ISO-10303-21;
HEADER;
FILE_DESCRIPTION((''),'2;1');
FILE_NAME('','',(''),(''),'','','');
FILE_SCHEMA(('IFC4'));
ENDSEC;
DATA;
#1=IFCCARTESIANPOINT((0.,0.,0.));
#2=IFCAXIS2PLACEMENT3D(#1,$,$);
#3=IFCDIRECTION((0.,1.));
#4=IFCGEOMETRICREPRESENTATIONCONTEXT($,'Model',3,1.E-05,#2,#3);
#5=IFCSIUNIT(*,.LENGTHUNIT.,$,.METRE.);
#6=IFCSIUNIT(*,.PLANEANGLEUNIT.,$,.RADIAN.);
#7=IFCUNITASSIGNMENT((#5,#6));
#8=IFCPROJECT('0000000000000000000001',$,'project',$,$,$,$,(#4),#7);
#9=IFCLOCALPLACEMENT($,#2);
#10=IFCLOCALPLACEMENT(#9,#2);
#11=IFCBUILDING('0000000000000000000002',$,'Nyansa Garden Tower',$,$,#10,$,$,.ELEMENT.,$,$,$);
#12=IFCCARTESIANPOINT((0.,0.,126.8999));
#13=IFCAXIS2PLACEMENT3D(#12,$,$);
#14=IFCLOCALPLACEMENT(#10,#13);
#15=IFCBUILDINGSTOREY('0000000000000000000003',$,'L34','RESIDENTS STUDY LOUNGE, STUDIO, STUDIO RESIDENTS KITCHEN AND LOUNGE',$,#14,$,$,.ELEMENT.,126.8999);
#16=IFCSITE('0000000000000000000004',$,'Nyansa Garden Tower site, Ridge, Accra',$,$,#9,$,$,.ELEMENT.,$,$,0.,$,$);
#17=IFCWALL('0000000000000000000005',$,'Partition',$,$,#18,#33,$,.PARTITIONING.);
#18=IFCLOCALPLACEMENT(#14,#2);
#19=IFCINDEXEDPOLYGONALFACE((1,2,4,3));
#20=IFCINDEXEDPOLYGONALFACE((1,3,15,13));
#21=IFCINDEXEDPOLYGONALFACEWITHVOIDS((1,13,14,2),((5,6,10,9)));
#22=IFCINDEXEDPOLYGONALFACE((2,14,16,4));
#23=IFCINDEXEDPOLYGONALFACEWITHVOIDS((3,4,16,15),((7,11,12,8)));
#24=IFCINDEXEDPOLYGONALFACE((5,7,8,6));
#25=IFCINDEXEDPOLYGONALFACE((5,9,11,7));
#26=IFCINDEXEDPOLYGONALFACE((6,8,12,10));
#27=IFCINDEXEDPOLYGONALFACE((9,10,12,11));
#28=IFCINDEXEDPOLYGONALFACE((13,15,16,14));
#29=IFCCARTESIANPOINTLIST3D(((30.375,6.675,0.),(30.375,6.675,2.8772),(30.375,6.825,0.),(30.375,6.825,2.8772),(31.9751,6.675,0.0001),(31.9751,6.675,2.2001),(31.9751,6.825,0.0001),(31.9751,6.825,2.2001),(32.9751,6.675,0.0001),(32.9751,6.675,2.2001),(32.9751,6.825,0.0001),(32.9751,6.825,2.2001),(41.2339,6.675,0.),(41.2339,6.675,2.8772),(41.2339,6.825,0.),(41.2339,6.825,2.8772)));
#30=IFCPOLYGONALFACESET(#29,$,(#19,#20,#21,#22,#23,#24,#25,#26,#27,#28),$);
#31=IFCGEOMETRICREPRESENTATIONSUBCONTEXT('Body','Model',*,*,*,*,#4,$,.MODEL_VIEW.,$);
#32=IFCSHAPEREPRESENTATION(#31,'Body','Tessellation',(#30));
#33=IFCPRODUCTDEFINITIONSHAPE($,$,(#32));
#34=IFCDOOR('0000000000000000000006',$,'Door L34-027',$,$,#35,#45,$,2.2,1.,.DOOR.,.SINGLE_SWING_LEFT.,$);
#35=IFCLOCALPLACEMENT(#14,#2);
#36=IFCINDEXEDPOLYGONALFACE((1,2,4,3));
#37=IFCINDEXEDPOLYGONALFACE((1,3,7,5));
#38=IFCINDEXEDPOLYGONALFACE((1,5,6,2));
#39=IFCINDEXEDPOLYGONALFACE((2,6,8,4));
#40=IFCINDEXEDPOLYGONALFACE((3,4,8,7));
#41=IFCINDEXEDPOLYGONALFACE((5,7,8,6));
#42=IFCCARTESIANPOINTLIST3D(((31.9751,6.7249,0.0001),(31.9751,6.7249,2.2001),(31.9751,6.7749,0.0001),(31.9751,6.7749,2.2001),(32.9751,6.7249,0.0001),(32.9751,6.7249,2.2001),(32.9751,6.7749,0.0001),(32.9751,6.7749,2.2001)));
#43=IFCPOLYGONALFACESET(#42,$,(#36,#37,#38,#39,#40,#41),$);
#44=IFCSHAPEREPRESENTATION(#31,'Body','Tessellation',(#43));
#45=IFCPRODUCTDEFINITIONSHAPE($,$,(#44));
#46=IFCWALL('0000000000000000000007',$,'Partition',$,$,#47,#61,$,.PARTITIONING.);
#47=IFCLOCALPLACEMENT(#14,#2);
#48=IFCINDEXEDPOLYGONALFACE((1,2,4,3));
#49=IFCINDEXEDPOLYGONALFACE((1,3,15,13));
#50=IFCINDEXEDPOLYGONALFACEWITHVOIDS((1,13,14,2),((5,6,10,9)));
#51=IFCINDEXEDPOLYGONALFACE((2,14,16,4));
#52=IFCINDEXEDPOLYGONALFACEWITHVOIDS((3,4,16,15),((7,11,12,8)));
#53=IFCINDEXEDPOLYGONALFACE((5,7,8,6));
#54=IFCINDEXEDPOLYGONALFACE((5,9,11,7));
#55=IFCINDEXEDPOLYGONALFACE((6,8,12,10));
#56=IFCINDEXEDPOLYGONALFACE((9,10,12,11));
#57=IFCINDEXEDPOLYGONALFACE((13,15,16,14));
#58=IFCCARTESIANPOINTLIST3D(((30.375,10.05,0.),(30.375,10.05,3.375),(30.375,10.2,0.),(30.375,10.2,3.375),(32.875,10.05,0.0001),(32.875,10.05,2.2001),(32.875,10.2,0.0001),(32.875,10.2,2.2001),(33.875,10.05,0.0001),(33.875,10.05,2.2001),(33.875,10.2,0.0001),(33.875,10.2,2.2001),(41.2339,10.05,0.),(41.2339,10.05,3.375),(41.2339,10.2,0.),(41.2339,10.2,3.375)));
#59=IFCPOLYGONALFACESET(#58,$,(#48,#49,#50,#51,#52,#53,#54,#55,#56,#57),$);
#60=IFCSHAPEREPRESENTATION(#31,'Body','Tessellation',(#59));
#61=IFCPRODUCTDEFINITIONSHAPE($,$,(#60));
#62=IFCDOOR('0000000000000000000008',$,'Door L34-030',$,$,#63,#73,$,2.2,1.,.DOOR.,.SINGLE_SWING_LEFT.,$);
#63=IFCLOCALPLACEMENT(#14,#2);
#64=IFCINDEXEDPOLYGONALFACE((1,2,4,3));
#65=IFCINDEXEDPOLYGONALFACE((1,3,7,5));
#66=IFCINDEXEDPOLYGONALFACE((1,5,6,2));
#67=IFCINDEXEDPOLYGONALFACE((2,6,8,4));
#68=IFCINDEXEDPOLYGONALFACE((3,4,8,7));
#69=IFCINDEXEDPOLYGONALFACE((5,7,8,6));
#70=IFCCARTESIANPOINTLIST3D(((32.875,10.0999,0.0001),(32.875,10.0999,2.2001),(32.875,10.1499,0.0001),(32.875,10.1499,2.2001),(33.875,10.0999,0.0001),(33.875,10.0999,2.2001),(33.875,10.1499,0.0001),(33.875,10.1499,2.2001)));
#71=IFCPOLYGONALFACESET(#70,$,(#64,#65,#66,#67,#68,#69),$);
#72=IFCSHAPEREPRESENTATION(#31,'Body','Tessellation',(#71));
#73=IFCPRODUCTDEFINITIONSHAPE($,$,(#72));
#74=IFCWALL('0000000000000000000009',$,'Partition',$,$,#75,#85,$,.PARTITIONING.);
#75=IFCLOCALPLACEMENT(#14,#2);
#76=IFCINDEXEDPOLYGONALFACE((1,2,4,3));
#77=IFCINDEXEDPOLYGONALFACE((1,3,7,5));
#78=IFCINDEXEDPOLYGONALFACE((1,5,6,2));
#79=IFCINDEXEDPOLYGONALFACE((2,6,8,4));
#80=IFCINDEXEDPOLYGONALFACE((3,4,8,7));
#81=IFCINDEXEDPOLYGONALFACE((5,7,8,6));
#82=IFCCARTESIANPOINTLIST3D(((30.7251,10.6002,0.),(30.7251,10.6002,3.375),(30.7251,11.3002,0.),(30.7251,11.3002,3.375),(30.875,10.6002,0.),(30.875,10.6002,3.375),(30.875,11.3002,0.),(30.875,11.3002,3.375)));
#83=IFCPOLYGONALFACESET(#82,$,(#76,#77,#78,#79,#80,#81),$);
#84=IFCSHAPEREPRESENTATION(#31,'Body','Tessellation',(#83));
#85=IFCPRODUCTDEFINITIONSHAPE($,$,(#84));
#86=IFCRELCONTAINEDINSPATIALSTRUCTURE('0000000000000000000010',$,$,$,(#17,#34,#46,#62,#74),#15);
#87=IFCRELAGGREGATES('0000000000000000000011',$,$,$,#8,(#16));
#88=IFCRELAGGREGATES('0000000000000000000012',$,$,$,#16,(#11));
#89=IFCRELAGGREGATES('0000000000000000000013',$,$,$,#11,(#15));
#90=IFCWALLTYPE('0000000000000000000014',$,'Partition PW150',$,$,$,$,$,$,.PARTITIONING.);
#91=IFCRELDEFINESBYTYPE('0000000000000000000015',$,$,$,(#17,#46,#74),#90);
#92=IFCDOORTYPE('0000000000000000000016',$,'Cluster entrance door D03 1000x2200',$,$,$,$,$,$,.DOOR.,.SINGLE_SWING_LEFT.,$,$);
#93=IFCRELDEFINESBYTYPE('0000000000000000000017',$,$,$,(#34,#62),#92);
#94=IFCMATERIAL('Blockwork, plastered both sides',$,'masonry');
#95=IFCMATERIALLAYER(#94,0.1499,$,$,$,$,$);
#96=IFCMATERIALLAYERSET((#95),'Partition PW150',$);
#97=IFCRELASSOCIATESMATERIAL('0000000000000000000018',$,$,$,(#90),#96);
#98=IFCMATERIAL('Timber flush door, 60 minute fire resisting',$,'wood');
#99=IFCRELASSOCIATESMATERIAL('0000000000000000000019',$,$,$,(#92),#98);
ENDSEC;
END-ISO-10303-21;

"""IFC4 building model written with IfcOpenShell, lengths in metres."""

from ifc_helpers import new_model, si_unit, direction, frame, frame_2d, origin, place, context, subcontext, project, spatial, rectangle, extrude, material, layer, layer_set, type_object, element, fill, save


model = new_model("IFC4")

# Units and contexts
model_context = context("Model", 3, precision=1e-05, world=origin(), true_north=direction((0.0, 1.0)))
body_context = subcontext(model_context, "Body", "Model", "MODEL_VIEW")
ifc_project = project(units=[si_unit("LENGTHUNIT", "METRE"), si_unit("PLANEANGLEUNIT", "RADIAN")], contexts=[model_context])

# Site, building, storey
site_placement = place(None, origin())
site = spatial("IfcSite", under=ifc_project, at=site_placement, Name="Nyansa Garden Tower site, Ridge, Accra", CompositionType="ELEMENT", RefElevation=0.0)
building_placement = place(site_placement, origin())
building = spatial("IfcBuilding", under=site, at=building_placement, Name="Nyansa Garden Tower", CompositionType="ELEMENT")
storey_placement = place(building_placement, frame((0.0, 0.0, 126.8999)))
storey = spatial("IfcBuildingStorey", under=building, at=storey_placement, Name="L34", Description="RESIDENTS STUDY LOUNGE, STUDIO, STUDIO RESIDENTS KITCHEN AND LOUNGE", CompositionType="ELEMENT", Elevation=126.8999)

# Shared definitions
ifc_material_1 = material(Name="Blockwork, plastered both sides", Category="masonry")
ifc_layer_1 = layer(ifc_material_1, 0.1499)
ifc_layer_set_1 = layer_set([ifc_layer_1], Name="Partition PW150")
wall_type_1 = type_object("IfcWallType", Name="Partition PW150", PredefinedType="PARTITIONING", material=ifc_layer_set_1)

# Walls, openings, doors
wall_1_placement = place(storey_placement, frame((30.375, 6.75, 0.0), z_axis=(0.0, 0.0, 1.0), x_axis=(1.0, 0.0, 0.0)))
wall_1 = element("IfcWall", 1, at=wall_1_placement, inside=storey, type_object=wall_type_1, Name="Partition", PredefinedType="PARTITIONING", context=body_context, shape_type="SweptSolid", body=[
    extrude(rectangle(XDim=10.8589, YDim=0.1499, at=frame_2d((5.4294, 0.0))), origin(), (0.0, 0.0, 1.0), 2.8772),
])
opening_1_placement = place(wall_1_placement, frame((1.6001, 0.0, 0.0)))
opening_1 = element("IfcOpeningElement", 2, at=opening_1_placement, cuts=wall_1, PredefinedType="OPENING", context=body_context, shape_type="SweptSolid", body=[
    extrude(rectangle(XDim=1.0, YDim=2.2, at=frame_2d((0.5, 1.1001))), frame((0.0, 0.085, 0.0), z_axis=(0.0, -1.0, 0.0), x_axis=(1.0, 0.0, 0.0)), (0.0, 0.0, 1.0), 0.1699),
])
ifc_material_2 = material(Name="Timber flush door, 60 minute fire resisting", Category="wood")
door_type_1 = type_object("IfcDoorType", Name="Cluster entrance door D03 1000x2200", OperationType="SINGLE_SWING_LEFT", PredefinedType="DOOR", material=ifc_material_2)
door_1_placement = place(opening_1_placement, origin())
door_1 = element("IfcDoor", 3, at=door_1_placement, inside=storey, type_object=door_type_1, Name="Door L34-027", OperationType="SINGLE_SWING_LEFT", OverallHeight=2.2, OverallWidth=1.0, PredefinedType="DOOR", context=body_context, shape_type="SweptSolid", body=[
    extrude(rectangle(XDim=1.0, YDim=2.2, at=frame_2d((0.5, 1.1001))), frame((0.0, 0.0249, 0.0), z_axis=(0.0, -1.0, 0.0), x_axis=(1.0, 0.0, 0.0)), (0.0, 0.0, 1.0), 0.05),
])
fill(opening_1, door_1)
wall_2_placement = place(storey_placement, frame((30.375, 10.125, 0.0), z_axis=(0.0, 0.0, 1.0), x_axis=(1.0, 0.0, 0.0)))
wall_2 = element("IfcWall", 4, at=wall_2_placement, inside=storey, type_object=wall_type_1, Name="Partition", PredefinedType="PARTITIONING", context=body_context, shape_type="SweptSolid", body=[
    extrude(rectangle(XDim=10.8589, YDim=0.1499, at=frame_2d((5.4294, 0.0))), origin(), (0.0, 0.0, 1.0), 3.375),
])
opening_2_placement = place(wall_2_placement, frame((2.5, 0.0, 0.0)))
opening_2 = element("IfcOpeningElement", 5, at=opening_2_placement, cuts=wall_2, PredefinedType="OPENING", context=body_context, shape_type="SweptSolid", body=[
    extrude(rectangle(XDim=1.0, YDim=2.2, at=frame_2d((0.5, 1.1001))), frame((0.0, 0.085, 0.0), z_axis=(0.0, -1.0, 0.0), x_axis=(1.0, 0.0, 0.0)), (0.0, 0.0, 1.0), 0.1699),
])
door_2_placement = place(opening_2_placement, origin())
door_2 = element("IfcDoor", 6, at=door_2_placement, inside=storey, type_object=door_type_1, Name="Door L34-030", OperationType="SINGLE_SWING_LEFT", OverallHeight=2.2, OverallWidth=1.0, PredefinedType="DOOR", context=body_context, shape_type="SweptSolid", body=[
    extrude(rectangle(XDim=1.0, YDim=2.2, at=frame_2d((0.5, 1.1001))), frame((0.0, 0.0249, 0.0), z_axis=(0.0, -1.0, 0.0), x_axis=(1.0, 0.0, 0.0)), (0.0, 0.0, 1.0), 0.05),
])
fill(opening_2, door_2)

# Wall
wall_3_placement = place(storey_placement, frame((30.8, 10.6001, 0.0), z_axis=(0.0, 0.0, 1.0), x_axis=(0.0, 1.0, 0.0)))
element("IfcWall", 7, at=wall_3_placement, inside=storey, type_object=wall_type_1, Name="Partition", PredefinedType="PARTITIONING", context=body_context, shape_type="SweptSolid", body=[
    extrude(rectangle(XDim=0.7, YDim=0.1499, at=frame_2d((0.3501, 0.0))), origin(), (0.0, 0.0, 1.0), 3.375),
])

save(model, "model.ifc")
